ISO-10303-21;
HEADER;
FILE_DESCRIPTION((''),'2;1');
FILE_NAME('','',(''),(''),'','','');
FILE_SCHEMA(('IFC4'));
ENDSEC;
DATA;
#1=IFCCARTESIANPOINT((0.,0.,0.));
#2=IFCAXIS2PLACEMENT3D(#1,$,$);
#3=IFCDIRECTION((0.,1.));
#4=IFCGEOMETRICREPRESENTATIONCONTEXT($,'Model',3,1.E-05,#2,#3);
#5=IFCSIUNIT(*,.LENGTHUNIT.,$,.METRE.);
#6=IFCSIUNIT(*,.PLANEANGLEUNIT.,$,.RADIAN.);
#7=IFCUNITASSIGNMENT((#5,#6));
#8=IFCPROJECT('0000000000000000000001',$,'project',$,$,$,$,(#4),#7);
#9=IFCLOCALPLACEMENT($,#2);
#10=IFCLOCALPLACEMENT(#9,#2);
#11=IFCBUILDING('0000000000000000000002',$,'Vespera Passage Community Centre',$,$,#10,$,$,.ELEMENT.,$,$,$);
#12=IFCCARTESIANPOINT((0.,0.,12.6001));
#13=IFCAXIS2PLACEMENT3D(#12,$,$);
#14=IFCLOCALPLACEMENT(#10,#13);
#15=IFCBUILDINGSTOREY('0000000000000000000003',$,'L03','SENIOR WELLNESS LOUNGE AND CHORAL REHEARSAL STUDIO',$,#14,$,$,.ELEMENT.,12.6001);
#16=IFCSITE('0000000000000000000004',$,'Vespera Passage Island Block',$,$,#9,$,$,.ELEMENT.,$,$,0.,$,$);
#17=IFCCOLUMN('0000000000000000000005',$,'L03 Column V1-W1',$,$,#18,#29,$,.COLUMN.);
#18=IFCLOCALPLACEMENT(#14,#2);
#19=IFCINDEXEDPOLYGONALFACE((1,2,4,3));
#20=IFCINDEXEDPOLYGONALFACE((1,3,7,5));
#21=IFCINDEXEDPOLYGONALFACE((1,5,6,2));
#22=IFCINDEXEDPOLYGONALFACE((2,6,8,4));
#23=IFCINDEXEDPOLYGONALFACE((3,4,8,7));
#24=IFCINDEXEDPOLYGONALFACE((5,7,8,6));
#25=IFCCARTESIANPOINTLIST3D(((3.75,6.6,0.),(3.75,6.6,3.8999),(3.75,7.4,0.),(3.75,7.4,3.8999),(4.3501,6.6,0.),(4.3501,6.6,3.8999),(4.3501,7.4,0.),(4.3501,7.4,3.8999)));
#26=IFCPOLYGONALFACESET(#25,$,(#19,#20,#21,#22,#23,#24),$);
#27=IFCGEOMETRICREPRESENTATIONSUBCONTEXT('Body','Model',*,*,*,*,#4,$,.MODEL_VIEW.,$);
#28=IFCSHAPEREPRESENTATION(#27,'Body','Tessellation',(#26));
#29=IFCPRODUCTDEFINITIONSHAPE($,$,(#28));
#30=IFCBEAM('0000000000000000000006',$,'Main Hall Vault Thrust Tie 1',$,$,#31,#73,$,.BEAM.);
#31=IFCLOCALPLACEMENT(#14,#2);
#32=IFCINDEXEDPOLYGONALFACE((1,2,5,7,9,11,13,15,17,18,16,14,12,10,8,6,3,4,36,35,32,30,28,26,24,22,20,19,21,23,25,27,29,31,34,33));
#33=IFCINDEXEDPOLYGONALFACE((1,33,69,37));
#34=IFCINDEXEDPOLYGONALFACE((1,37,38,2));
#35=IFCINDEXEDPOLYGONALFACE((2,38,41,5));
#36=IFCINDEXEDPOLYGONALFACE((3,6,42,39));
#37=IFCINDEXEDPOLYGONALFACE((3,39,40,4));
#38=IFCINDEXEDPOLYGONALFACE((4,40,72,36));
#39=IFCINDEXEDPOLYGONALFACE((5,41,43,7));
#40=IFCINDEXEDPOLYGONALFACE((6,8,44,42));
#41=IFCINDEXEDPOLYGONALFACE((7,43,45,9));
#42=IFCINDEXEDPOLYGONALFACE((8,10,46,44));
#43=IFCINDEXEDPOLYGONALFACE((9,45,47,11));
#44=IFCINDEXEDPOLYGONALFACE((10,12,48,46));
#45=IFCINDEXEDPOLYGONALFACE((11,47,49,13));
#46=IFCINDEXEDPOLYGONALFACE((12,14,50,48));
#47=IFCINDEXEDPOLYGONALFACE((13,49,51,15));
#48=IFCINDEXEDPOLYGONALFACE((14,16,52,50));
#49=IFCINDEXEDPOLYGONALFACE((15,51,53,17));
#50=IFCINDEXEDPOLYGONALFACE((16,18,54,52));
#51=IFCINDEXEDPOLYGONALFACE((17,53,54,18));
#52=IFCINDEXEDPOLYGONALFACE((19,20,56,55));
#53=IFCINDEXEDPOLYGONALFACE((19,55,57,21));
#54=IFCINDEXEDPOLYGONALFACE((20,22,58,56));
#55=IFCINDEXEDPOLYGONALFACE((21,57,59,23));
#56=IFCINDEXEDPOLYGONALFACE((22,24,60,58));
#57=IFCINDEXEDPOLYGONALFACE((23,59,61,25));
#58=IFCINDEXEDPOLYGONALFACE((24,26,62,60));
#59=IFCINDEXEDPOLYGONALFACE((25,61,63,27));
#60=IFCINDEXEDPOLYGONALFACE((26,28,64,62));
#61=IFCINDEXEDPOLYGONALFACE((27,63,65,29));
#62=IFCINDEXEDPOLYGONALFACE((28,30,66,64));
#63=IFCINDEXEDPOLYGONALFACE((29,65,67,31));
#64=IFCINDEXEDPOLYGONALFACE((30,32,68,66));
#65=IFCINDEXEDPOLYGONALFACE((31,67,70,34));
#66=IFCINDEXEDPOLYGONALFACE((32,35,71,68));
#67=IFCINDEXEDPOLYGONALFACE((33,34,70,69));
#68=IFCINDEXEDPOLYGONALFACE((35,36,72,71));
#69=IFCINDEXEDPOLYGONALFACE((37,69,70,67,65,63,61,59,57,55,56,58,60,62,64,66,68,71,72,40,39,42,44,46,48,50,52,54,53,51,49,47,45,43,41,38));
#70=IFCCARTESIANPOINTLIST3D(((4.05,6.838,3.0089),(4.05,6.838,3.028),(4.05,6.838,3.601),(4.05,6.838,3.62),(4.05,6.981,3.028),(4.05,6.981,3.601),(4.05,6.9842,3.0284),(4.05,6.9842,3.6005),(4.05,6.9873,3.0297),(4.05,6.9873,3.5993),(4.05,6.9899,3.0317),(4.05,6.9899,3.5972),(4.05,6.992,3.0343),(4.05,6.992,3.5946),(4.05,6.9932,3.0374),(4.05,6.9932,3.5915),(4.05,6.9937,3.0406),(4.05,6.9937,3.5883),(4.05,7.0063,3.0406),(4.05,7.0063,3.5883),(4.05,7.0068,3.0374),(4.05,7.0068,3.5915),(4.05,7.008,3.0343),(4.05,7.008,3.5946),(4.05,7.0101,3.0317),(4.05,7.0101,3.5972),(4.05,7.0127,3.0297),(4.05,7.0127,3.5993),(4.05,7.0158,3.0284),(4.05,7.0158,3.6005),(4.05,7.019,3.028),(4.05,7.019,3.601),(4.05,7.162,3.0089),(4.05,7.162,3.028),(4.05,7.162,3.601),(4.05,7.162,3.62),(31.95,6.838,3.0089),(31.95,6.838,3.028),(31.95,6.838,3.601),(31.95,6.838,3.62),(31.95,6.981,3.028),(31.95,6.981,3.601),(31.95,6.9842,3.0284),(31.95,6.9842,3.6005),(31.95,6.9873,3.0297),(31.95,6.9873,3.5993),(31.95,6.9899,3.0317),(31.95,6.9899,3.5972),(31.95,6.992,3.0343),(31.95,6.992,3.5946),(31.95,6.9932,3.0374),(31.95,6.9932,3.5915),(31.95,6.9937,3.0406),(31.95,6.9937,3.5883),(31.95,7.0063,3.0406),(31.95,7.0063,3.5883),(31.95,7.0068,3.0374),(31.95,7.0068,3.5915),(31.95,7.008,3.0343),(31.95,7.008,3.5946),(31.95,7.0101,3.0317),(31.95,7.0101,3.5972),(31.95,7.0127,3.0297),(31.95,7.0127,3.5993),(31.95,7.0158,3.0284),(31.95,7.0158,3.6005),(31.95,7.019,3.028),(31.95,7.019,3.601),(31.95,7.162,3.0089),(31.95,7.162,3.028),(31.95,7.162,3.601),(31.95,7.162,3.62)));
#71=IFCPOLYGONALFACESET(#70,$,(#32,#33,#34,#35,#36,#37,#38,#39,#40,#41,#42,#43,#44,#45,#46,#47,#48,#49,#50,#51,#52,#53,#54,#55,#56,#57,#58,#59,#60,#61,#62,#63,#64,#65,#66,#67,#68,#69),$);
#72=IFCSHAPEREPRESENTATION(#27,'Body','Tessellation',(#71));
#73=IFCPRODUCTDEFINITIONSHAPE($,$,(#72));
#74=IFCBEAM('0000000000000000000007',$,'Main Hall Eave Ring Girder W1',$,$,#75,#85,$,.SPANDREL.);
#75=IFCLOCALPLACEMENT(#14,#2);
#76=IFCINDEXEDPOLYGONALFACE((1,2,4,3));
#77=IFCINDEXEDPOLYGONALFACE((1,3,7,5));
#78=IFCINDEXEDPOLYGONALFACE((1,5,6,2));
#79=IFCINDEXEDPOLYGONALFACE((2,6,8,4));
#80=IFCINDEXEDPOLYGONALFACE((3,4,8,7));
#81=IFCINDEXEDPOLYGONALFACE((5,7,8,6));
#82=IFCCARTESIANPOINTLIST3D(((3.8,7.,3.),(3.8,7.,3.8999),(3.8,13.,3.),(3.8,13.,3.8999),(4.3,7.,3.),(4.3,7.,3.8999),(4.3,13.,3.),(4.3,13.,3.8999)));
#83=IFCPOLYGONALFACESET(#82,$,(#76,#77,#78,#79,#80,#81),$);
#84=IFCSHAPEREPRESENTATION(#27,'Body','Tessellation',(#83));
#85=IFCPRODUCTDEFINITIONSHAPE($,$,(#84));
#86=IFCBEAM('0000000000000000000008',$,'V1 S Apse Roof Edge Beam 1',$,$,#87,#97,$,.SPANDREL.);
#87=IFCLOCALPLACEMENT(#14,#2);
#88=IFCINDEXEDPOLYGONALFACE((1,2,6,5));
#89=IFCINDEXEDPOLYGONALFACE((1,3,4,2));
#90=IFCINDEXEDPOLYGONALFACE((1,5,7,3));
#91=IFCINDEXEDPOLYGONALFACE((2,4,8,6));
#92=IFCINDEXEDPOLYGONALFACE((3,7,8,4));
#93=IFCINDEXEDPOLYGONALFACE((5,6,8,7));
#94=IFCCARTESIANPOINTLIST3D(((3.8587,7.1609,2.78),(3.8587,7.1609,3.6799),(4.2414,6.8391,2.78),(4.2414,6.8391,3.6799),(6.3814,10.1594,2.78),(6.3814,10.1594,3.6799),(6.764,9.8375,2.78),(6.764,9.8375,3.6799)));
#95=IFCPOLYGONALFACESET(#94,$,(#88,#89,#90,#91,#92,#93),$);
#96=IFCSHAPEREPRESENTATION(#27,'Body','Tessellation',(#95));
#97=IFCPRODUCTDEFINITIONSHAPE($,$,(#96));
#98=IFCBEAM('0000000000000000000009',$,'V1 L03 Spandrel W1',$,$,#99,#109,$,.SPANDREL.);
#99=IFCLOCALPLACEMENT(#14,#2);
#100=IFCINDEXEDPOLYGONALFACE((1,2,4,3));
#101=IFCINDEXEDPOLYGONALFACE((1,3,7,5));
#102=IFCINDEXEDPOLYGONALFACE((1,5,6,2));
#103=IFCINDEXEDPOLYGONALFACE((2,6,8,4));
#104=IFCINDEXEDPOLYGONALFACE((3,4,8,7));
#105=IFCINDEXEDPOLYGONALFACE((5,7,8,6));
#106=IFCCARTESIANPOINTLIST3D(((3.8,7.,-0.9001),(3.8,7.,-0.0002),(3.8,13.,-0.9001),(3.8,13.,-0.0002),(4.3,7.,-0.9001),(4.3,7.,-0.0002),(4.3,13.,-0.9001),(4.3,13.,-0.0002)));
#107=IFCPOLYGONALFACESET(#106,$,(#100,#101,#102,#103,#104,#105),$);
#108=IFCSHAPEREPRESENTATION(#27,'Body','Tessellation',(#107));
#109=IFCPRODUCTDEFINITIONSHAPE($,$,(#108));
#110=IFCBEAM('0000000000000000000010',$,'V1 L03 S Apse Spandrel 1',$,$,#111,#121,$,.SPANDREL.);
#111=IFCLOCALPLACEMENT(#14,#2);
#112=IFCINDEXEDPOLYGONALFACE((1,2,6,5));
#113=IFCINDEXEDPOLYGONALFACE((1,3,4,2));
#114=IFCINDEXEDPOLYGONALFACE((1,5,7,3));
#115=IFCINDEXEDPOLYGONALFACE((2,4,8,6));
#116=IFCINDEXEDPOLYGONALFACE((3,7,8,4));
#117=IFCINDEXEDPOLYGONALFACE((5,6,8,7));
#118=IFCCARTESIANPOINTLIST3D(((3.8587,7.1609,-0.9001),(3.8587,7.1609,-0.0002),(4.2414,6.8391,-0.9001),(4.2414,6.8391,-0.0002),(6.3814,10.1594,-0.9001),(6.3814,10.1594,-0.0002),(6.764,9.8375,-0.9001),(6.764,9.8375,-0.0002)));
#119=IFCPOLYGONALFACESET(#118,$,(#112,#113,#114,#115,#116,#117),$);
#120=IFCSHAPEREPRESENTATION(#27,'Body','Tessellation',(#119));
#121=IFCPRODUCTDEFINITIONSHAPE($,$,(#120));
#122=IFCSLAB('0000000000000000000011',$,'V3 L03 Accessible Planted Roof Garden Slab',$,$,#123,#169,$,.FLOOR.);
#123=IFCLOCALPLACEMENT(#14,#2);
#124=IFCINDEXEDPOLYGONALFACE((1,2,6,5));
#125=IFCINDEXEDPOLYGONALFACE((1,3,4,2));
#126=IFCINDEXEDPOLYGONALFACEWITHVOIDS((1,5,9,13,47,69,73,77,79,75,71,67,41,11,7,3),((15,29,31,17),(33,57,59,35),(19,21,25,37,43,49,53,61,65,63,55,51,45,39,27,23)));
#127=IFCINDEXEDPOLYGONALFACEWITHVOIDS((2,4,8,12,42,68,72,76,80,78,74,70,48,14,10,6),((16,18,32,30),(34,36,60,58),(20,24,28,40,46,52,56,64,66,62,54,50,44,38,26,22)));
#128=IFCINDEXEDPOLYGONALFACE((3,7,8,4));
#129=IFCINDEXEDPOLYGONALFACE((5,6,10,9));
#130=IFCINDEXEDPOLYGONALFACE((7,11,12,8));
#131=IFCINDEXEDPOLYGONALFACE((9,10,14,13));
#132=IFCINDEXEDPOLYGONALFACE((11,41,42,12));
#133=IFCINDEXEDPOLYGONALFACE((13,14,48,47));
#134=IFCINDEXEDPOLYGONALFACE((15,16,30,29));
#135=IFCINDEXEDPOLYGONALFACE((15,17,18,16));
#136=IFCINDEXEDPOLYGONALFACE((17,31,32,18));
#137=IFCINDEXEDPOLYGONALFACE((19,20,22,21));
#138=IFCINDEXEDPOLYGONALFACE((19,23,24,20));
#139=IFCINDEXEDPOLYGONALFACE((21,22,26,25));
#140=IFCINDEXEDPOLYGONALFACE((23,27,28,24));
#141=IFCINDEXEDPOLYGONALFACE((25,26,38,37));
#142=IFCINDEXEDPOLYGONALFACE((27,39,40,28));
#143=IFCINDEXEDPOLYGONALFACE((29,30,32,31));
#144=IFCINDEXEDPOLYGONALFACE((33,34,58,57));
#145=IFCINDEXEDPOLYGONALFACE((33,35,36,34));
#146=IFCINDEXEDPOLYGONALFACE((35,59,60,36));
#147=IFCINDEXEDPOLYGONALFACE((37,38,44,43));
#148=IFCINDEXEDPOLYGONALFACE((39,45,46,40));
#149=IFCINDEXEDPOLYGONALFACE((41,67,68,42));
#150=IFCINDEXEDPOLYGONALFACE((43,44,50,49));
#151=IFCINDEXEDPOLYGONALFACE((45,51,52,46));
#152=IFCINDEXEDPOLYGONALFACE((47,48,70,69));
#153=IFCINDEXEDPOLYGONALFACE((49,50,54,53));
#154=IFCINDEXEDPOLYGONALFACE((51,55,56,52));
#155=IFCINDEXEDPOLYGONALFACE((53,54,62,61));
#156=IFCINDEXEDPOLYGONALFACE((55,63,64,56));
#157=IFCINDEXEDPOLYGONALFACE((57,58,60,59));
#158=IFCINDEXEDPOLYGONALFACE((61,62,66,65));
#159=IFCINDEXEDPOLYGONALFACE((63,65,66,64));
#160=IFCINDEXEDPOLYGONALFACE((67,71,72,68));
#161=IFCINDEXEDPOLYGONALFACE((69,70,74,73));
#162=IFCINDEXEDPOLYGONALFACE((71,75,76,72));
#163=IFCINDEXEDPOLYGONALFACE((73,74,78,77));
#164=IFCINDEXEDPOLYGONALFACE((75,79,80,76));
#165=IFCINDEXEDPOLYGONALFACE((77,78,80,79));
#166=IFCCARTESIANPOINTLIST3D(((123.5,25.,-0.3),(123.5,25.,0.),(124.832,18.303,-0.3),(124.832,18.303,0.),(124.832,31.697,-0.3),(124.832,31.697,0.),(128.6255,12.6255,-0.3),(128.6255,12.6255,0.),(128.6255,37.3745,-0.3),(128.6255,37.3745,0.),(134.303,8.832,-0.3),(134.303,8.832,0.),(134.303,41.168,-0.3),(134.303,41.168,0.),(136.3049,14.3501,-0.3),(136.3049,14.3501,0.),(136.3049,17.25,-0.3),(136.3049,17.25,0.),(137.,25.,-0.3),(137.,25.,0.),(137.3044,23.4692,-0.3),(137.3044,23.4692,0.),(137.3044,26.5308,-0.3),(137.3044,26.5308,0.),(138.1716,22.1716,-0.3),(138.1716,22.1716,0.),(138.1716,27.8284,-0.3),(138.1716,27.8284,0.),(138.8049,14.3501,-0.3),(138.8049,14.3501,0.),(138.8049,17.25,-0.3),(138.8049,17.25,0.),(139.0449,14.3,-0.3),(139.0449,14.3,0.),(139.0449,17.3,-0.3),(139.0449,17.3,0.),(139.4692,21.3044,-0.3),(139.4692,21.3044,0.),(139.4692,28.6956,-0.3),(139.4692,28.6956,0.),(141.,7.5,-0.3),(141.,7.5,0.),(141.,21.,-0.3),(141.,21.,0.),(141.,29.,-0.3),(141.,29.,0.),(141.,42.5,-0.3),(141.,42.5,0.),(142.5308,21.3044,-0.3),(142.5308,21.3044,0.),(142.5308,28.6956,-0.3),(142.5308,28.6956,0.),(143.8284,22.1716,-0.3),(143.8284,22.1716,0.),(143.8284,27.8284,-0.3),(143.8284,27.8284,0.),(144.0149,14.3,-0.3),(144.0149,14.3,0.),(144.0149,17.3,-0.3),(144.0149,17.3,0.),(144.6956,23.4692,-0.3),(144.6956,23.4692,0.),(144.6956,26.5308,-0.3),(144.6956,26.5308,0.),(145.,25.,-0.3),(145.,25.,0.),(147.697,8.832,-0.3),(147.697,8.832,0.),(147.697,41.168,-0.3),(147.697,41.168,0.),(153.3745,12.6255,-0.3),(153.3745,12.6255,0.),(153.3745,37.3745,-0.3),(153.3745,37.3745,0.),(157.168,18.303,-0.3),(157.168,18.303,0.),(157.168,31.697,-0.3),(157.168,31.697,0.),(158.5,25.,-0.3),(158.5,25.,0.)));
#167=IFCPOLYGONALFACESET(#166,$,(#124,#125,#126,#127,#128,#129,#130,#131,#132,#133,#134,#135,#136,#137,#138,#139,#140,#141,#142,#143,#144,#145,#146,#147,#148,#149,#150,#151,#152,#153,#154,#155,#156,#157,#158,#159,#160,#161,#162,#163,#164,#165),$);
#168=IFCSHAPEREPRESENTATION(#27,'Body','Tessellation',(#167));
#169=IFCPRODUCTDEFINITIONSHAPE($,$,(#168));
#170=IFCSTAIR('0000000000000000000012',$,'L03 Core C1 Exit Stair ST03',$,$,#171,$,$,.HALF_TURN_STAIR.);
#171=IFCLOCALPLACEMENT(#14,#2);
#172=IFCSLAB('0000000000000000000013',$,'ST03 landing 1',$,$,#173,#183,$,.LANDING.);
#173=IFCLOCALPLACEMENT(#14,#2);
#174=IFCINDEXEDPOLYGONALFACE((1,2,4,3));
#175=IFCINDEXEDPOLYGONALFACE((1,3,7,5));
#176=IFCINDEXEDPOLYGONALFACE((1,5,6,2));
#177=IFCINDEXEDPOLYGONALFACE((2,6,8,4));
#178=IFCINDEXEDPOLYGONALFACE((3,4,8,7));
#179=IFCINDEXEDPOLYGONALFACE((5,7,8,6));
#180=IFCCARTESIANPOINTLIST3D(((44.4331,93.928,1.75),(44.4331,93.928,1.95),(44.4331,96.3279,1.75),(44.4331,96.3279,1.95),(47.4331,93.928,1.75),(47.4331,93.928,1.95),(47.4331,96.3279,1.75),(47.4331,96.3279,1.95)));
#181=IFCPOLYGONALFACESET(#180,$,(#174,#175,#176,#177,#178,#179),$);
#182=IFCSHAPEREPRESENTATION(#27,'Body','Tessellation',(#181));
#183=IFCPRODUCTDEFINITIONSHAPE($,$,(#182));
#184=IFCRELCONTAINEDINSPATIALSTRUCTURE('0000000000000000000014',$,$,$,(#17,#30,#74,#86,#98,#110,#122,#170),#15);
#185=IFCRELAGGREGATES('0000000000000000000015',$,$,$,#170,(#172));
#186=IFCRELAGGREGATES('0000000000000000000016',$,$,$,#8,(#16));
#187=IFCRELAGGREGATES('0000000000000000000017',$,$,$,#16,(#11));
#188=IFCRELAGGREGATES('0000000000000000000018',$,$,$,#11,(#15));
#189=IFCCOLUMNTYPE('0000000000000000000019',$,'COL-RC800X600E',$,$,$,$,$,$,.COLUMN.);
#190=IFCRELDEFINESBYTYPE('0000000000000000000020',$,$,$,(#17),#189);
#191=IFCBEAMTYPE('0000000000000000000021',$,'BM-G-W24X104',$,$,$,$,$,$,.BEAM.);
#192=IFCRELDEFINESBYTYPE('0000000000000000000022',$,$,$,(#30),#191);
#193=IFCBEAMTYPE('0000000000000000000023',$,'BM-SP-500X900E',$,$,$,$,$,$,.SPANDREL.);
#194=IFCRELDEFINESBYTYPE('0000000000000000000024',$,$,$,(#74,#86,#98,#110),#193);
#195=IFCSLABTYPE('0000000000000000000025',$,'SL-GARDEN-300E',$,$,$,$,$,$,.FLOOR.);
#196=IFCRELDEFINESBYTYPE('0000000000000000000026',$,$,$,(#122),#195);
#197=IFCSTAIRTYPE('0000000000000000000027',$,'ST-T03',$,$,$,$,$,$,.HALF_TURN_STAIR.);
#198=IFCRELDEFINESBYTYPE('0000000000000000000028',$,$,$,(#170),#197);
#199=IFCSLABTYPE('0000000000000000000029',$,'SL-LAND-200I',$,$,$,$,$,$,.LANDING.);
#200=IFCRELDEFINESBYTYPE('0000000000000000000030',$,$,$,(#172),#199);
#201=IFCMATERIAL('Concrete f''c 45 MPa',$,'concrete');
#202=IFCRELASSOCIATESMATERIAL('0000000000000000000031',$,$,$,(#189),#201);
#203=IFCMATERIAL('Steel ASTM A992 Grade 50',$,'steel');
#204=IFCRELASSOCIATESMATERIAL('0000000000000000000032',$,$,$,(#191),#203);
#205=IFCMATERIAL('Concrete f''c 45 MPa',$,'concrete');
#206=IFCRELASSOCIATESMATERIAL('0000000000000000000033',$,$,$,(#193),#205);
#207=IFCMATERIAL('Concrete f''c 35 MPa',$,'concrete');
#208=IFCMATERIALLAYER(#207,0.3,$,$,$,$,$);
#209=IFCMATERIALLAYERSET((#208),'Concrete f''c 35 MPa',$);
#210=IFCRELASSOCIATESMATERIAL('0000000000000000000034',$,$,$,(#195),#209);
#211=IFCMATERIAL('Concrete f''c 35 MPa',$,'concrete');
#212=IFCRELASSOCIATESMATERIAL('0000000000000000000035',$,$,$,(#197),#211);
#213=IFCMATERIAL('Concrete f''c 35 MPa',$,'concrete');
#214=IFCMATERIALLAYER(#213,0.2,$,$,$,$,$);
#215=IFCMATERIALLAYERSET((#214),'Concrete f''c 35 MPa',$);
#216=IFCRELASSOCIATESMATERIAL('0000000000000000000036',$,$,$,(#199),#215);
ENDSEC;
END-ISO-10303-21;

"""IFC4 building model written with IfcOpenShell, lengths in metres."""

from ifc_helpers import new_model, si_unit, direction, frame, origin, origin_2d, place, context, subcontext, project, spatial, polyline, rectangle, i_section, outline, extrude, material, layer, layer_set, material_profile, profile_set, type_object, element, aggregate, save


model = new_model("IFC4")

# Units and contexts
model_context = context("Model", 3, precision=1e-05, world=origin(), true_north=direction((0.0, 1.0)))
body_context = subcontext(model_context, "Body", "Model", "MODEL_VIEW")
ifc_project = project(units=[si_unit("LENGTHUNIT", "METRE"), si_unit("PLANEANGLEUNIT", "RADIAN")], contexts=[model_context])

# Site, building, storey
site_placement = place(None, origin())
site = spatial("IfcSite", under=ifc_project, at=site_placement, Name="Vespera Passage Island Block", CompositionType="ELEMENT", RefElevation=0.0)
building_placement = place(site_placement, origin())
building = spatial("IfcBuilding", under=site, at=building_placement, Name="Vespera Passage Community Centre", CompositionType="ELEMENT")
storey_placement = place(building_placement, frame((0.0, 0.0, 12.6001)))
storey = spatial("IfcBuildingStorey", under=building, at=storey_placement, Name="L03", Description="SENIOR WELLNESS LOUNGE AND CHORAL REHEARSAL STUDIO", CompositionType="ELEMENT", Elevation=12.6001)

# Column
ifc_material_1 = material(Name="Concrete f'c 45 MPa", Category="concrete")
ifc_material_profile_1 = material_profile(ifc_material_1, rectangle(XDim=0.6001, YDim=0.8, at=origin_2d()), Name="RC800X600")
ifc_profile_set_1 = profile_set([ifc_material_profile_1], Name="Concrete f'c 45 MPa")
column_type = type_object("IfcColumnType", Name="COL-RC800X600E", PredefinedType="COLUMN", material=ifc_profile_set_1)
column_placement = place(storey_placement, frame((4.05, 7.0, 0.0), z_axis=(0.0, 0.0, 1.0), x_axis=(1.0, 0.0, 0.0)))
element("IfcColumn", 1, at=column_placement, inside=storey, type_object=column_type, Name="L03 Column V1-W1", PredefinedType="COLUMN", context=body_context, shape_type="SweptSolid", body=[
    extrude(rectangle(XDim=0.6001, YDim=0.8, at=origin_2d()), origin(), (0.0, 0.0, 1.0), 3.8999),
])

# Beams
ifc_material_2 = material(Name="Steel ASTM A992 Grade 50", Category="steel")
ifc_material_profile_2 = material_profile(ifc_material_2, i_section(OverallWidth=0.324, OverallDepth=0.6111, WebThickness=0.0127, FlangeThickness=0.019, FilletRadius=0.0127, at=origin_2d()), Name="W24X104")
ifc_profile_set_2 = profile_set([ifc_material_profile_2], Name="Steel ASTM A992 Grade 50")
beam_type_1 = type_object("IfcBeamType", Name="BM-G-W24X104", PredefinedType="BEAM", material=ifc_profile_set_2)
beam_1_placement = place(storey_placement, frame((4.05, 7.0, 3.3145), z_axis=(1.0, 0.0, 0.0), x_axis=(0.0, 1.0, 0.0)))
element("IfcBeam", 2, at=beam_1_placement, inside=storey, type_object=beam_type_1, Name="Main Hall Vault Thrust Tie 1", PredefinedType="BEAM", context=body_context, shape_type="SweptSolid", body=[
    extrude(i_section(OverallWidth=0.324, OverallDepth=0.6111, WebThickness=0.0127, FlangeThickness=0.019, FilletRadius=0.0127, at=origin_2d()), origin(), (0.0, 0.0, 1.0), 27.8999),
])
ifc_material_3 = material(Name="Concrete f'c 45 MPa", Category="concrete")
ifc_material_profile_3 = material_profile(ifc_material_3, rectangle(XDim=0.5, YDim=0.8999, at=origin_2d()), Name="RC500X900")
ifc_profile_set_3 = profile_set([ifc_material_profile_3], Name="Concrete f'c 45 MPa")
beam_type_2 = type_object("IfcBeamType", Name="BM-SP-500X900E", PredefinedType="SPANDREL", material=ifc_profile_set_3)
beam_2_placement = place(storey_placement, frame((4.05, 7.0, 3.45), z_axis=(0.0, 1.0, 0.0), x_axis=(-1.0, 0.0, 0.0)))
element("IfcBeam", 3, at=beam_2_placement, inside=storey, type_object=beam_type_2, Name="Main Hall Eave Ring Girder W1", PredefinedType="SPANDREL", context=body_context, shape_type="SweptSolid", body=[
    extrude(rectangle(XDim=0.5, YDim=0.8999, at=origin_2d()), origin(), (0.0, 0.0, 1.0), 6.0),
])
beam_3_placement = place(storey_placement, frame((4.05, 7.0, 3.23), z_axis=(0.643781, 0.76521, 0.0), x_axis=(-0.76521, 0.643781, 0.0)))
element("IfcBeam", 4, at=beam_3_placement, inside=storey, type_object=beam_type_2, Name="V1 S Apse Roof Edge Beam 1", PredefinedType="SPANDREL", context=body_context, shape_type="SweptSolid", body=[
    extrude(rectangle(XDim=0.5, YDim=0.8999, at=origin_2d()), origin(), (0.0, 0.0, 1.0), 3.9185),
])
beam_4_placement = place(storey_placement, frame((4.05, 7.0, -0.4502), z_axis=(0.0, 1.0, 0.0), x_axis=(-1.0, 0.0, 0.0)))
element("IfcBeam", 5, at=beam_4_placement, inside=storey, type_object=beam_type_2, Name="V1 L03 Spandrel W1", PredefinedType="SPANDREL", context=body_context, shape_type="SweptSolid", body=[
    extrude(rectangle(XDim=0.5, YDim=0.8999, at=origin_2d()), origin(), (0.0, 0.0, 1.0), 6.0),
])
beam_5_placement = place(storey_placement, frame((4.05, 7.0, -0.4502), z_axis=(0.643781, 0.76521, 0.0), x_axis=(-0.76521, 0.643781, 0.0)))
element("IfcBeam", 6, at=beam_5_placement, inside=storey, type_object=beam_type_2, Name="V1 L03 S Apse Spandrel 1", PredefinedType="SPANDREL", context=body_context, shape_type="SweptSolid", body=[
    extrude(rectangle(XDim=0.5, YDim=0.8999, at=origin_2d()), origin(), (0.0, 0.0, 1.0), 3.9185),
])

# Slab
ifc_material_4 = material(Name="Concrete f'c 35 MPa", Category="concrete")
ifc_layer_1 = layer(ifc_material_4, 0.3)
ifc_layer_set_1 = layer_set([ifc_layer_1], Name="Concrete f'c 35 MPa")
slab_type_1 = type_object("IfcSlabType", Name="SL-GARDEN-300E", PredefinedType="FLOOR", material=ifc_layer_set_1)
slab_1_placement = place(storey_placement, frame((0.0, 0.0, -0.3)))
element("IfcSlab", 7, at=slab_1_placement, inside=storey, type_object=slab_type_1, Name="V3 L03 Accessible Planted Roof Garden Slab", PredefinedType="FLOOR", context=body_context, shape_type="SweptSolid", body=[
    extrude(outline(polyline([(147.697, 8.832), (141.0, 7.5), (134.303, 8.832), (128.6255, 12.6255), (124.832, 18.303), (123.5, 25.0), (124.832, 31.697), (128.6255, 37.3745), (134.303, 41.168), (141.0, 42.5), (147.697, 41.168), (153.3745, 37.3745), (157.168, 31.697), (158.5, 25.0), (157.168, 18.303), (153.3745, 12.6255), (147.697, 8.832)]), holes=[polyline([(144.0149, 14.3), (144.0149, 17.3), (139.0449, 17.3), (139.0449, 14.3), (144.0149, 14.3)]), polyline([(136.3049, 14.3501), (138.8049, 14.3501), (138.8049, 17.25), (136.3049, 17.25), (136.3049, 14.3501)]), polyline([(144.6956, 26.5308), (143.8284, 27.8284), (142.5308, 28.6956), (141.0, 29.0), (139.4692, 28.6956), (138.1716, 27.8284), (137.3044, 26.5308), (137.0, 25.0), (137.3044, 23.4692), (138.1716, 22.1716), (139.4692, 21.3044), (141.0, 21.0), (142.5308, 21.3044), (143.8284, 22.1716), (144.6956, 23.4692), (145.0, 25.0), (144.6956, 26.5308)])]), origin(), (0.0, 0.0, 1.0), 0.3),
])

# Stair, slab
ifc_material_5 = material(Name="Concrete f'c 35 MPa", Category="concrete")
stair_type_1 = type_object("IfcStairType", Name="ST-T03", PredefinedType="HALF_TURN_STAIR", material=ifc_material_5)
stair_1_placement = place(storey_placement, origin())
stair_1 = element("IfcStair", 8, at=stair_1_placement, inside=storey, type_object=stair_type_1, Name="L03 Core C1 Exit Stair ST03", PredefinedType="HALF_TURN_STAIR")
ifc_material_6 = material(Name="Concrete f'c 35 MPa", Category="concrete")
ifc_layer_2 = layer(ifc_material_6, 0.2)
ifc_layer_set_2 = layer_set([ifc_layer_2], Name="Concrete f'c 35 MPa")
slab_type_2 = type_object("IfcSlabType", Name="SL-LAND-200I", PredefinedType="LANDING", material=ifc_layer_set_2)
slab_2_placement = place(storey_placement, frame((0.0, 0.0, 1.75)))
slab_2 = element("IfcSlab", 9, at=slab_2_placement, type_object=slab_type_2, Name="ST03 landing 1", PredefinedType="LANDING", context=body_context, shape_type="SweptSolid", body=[
    extrude(outline(polyline([(47.4331, 93.928), (47.4331, 96.3279), (44.4331, 96.3279), (44.4331, 93.928), (47.4331, 93.928)])), origin(), (0.0, 0.0, 1.0), 0.2),
])
aggregate(stair_1, [slab_2])

save(model, "model.ifc")
